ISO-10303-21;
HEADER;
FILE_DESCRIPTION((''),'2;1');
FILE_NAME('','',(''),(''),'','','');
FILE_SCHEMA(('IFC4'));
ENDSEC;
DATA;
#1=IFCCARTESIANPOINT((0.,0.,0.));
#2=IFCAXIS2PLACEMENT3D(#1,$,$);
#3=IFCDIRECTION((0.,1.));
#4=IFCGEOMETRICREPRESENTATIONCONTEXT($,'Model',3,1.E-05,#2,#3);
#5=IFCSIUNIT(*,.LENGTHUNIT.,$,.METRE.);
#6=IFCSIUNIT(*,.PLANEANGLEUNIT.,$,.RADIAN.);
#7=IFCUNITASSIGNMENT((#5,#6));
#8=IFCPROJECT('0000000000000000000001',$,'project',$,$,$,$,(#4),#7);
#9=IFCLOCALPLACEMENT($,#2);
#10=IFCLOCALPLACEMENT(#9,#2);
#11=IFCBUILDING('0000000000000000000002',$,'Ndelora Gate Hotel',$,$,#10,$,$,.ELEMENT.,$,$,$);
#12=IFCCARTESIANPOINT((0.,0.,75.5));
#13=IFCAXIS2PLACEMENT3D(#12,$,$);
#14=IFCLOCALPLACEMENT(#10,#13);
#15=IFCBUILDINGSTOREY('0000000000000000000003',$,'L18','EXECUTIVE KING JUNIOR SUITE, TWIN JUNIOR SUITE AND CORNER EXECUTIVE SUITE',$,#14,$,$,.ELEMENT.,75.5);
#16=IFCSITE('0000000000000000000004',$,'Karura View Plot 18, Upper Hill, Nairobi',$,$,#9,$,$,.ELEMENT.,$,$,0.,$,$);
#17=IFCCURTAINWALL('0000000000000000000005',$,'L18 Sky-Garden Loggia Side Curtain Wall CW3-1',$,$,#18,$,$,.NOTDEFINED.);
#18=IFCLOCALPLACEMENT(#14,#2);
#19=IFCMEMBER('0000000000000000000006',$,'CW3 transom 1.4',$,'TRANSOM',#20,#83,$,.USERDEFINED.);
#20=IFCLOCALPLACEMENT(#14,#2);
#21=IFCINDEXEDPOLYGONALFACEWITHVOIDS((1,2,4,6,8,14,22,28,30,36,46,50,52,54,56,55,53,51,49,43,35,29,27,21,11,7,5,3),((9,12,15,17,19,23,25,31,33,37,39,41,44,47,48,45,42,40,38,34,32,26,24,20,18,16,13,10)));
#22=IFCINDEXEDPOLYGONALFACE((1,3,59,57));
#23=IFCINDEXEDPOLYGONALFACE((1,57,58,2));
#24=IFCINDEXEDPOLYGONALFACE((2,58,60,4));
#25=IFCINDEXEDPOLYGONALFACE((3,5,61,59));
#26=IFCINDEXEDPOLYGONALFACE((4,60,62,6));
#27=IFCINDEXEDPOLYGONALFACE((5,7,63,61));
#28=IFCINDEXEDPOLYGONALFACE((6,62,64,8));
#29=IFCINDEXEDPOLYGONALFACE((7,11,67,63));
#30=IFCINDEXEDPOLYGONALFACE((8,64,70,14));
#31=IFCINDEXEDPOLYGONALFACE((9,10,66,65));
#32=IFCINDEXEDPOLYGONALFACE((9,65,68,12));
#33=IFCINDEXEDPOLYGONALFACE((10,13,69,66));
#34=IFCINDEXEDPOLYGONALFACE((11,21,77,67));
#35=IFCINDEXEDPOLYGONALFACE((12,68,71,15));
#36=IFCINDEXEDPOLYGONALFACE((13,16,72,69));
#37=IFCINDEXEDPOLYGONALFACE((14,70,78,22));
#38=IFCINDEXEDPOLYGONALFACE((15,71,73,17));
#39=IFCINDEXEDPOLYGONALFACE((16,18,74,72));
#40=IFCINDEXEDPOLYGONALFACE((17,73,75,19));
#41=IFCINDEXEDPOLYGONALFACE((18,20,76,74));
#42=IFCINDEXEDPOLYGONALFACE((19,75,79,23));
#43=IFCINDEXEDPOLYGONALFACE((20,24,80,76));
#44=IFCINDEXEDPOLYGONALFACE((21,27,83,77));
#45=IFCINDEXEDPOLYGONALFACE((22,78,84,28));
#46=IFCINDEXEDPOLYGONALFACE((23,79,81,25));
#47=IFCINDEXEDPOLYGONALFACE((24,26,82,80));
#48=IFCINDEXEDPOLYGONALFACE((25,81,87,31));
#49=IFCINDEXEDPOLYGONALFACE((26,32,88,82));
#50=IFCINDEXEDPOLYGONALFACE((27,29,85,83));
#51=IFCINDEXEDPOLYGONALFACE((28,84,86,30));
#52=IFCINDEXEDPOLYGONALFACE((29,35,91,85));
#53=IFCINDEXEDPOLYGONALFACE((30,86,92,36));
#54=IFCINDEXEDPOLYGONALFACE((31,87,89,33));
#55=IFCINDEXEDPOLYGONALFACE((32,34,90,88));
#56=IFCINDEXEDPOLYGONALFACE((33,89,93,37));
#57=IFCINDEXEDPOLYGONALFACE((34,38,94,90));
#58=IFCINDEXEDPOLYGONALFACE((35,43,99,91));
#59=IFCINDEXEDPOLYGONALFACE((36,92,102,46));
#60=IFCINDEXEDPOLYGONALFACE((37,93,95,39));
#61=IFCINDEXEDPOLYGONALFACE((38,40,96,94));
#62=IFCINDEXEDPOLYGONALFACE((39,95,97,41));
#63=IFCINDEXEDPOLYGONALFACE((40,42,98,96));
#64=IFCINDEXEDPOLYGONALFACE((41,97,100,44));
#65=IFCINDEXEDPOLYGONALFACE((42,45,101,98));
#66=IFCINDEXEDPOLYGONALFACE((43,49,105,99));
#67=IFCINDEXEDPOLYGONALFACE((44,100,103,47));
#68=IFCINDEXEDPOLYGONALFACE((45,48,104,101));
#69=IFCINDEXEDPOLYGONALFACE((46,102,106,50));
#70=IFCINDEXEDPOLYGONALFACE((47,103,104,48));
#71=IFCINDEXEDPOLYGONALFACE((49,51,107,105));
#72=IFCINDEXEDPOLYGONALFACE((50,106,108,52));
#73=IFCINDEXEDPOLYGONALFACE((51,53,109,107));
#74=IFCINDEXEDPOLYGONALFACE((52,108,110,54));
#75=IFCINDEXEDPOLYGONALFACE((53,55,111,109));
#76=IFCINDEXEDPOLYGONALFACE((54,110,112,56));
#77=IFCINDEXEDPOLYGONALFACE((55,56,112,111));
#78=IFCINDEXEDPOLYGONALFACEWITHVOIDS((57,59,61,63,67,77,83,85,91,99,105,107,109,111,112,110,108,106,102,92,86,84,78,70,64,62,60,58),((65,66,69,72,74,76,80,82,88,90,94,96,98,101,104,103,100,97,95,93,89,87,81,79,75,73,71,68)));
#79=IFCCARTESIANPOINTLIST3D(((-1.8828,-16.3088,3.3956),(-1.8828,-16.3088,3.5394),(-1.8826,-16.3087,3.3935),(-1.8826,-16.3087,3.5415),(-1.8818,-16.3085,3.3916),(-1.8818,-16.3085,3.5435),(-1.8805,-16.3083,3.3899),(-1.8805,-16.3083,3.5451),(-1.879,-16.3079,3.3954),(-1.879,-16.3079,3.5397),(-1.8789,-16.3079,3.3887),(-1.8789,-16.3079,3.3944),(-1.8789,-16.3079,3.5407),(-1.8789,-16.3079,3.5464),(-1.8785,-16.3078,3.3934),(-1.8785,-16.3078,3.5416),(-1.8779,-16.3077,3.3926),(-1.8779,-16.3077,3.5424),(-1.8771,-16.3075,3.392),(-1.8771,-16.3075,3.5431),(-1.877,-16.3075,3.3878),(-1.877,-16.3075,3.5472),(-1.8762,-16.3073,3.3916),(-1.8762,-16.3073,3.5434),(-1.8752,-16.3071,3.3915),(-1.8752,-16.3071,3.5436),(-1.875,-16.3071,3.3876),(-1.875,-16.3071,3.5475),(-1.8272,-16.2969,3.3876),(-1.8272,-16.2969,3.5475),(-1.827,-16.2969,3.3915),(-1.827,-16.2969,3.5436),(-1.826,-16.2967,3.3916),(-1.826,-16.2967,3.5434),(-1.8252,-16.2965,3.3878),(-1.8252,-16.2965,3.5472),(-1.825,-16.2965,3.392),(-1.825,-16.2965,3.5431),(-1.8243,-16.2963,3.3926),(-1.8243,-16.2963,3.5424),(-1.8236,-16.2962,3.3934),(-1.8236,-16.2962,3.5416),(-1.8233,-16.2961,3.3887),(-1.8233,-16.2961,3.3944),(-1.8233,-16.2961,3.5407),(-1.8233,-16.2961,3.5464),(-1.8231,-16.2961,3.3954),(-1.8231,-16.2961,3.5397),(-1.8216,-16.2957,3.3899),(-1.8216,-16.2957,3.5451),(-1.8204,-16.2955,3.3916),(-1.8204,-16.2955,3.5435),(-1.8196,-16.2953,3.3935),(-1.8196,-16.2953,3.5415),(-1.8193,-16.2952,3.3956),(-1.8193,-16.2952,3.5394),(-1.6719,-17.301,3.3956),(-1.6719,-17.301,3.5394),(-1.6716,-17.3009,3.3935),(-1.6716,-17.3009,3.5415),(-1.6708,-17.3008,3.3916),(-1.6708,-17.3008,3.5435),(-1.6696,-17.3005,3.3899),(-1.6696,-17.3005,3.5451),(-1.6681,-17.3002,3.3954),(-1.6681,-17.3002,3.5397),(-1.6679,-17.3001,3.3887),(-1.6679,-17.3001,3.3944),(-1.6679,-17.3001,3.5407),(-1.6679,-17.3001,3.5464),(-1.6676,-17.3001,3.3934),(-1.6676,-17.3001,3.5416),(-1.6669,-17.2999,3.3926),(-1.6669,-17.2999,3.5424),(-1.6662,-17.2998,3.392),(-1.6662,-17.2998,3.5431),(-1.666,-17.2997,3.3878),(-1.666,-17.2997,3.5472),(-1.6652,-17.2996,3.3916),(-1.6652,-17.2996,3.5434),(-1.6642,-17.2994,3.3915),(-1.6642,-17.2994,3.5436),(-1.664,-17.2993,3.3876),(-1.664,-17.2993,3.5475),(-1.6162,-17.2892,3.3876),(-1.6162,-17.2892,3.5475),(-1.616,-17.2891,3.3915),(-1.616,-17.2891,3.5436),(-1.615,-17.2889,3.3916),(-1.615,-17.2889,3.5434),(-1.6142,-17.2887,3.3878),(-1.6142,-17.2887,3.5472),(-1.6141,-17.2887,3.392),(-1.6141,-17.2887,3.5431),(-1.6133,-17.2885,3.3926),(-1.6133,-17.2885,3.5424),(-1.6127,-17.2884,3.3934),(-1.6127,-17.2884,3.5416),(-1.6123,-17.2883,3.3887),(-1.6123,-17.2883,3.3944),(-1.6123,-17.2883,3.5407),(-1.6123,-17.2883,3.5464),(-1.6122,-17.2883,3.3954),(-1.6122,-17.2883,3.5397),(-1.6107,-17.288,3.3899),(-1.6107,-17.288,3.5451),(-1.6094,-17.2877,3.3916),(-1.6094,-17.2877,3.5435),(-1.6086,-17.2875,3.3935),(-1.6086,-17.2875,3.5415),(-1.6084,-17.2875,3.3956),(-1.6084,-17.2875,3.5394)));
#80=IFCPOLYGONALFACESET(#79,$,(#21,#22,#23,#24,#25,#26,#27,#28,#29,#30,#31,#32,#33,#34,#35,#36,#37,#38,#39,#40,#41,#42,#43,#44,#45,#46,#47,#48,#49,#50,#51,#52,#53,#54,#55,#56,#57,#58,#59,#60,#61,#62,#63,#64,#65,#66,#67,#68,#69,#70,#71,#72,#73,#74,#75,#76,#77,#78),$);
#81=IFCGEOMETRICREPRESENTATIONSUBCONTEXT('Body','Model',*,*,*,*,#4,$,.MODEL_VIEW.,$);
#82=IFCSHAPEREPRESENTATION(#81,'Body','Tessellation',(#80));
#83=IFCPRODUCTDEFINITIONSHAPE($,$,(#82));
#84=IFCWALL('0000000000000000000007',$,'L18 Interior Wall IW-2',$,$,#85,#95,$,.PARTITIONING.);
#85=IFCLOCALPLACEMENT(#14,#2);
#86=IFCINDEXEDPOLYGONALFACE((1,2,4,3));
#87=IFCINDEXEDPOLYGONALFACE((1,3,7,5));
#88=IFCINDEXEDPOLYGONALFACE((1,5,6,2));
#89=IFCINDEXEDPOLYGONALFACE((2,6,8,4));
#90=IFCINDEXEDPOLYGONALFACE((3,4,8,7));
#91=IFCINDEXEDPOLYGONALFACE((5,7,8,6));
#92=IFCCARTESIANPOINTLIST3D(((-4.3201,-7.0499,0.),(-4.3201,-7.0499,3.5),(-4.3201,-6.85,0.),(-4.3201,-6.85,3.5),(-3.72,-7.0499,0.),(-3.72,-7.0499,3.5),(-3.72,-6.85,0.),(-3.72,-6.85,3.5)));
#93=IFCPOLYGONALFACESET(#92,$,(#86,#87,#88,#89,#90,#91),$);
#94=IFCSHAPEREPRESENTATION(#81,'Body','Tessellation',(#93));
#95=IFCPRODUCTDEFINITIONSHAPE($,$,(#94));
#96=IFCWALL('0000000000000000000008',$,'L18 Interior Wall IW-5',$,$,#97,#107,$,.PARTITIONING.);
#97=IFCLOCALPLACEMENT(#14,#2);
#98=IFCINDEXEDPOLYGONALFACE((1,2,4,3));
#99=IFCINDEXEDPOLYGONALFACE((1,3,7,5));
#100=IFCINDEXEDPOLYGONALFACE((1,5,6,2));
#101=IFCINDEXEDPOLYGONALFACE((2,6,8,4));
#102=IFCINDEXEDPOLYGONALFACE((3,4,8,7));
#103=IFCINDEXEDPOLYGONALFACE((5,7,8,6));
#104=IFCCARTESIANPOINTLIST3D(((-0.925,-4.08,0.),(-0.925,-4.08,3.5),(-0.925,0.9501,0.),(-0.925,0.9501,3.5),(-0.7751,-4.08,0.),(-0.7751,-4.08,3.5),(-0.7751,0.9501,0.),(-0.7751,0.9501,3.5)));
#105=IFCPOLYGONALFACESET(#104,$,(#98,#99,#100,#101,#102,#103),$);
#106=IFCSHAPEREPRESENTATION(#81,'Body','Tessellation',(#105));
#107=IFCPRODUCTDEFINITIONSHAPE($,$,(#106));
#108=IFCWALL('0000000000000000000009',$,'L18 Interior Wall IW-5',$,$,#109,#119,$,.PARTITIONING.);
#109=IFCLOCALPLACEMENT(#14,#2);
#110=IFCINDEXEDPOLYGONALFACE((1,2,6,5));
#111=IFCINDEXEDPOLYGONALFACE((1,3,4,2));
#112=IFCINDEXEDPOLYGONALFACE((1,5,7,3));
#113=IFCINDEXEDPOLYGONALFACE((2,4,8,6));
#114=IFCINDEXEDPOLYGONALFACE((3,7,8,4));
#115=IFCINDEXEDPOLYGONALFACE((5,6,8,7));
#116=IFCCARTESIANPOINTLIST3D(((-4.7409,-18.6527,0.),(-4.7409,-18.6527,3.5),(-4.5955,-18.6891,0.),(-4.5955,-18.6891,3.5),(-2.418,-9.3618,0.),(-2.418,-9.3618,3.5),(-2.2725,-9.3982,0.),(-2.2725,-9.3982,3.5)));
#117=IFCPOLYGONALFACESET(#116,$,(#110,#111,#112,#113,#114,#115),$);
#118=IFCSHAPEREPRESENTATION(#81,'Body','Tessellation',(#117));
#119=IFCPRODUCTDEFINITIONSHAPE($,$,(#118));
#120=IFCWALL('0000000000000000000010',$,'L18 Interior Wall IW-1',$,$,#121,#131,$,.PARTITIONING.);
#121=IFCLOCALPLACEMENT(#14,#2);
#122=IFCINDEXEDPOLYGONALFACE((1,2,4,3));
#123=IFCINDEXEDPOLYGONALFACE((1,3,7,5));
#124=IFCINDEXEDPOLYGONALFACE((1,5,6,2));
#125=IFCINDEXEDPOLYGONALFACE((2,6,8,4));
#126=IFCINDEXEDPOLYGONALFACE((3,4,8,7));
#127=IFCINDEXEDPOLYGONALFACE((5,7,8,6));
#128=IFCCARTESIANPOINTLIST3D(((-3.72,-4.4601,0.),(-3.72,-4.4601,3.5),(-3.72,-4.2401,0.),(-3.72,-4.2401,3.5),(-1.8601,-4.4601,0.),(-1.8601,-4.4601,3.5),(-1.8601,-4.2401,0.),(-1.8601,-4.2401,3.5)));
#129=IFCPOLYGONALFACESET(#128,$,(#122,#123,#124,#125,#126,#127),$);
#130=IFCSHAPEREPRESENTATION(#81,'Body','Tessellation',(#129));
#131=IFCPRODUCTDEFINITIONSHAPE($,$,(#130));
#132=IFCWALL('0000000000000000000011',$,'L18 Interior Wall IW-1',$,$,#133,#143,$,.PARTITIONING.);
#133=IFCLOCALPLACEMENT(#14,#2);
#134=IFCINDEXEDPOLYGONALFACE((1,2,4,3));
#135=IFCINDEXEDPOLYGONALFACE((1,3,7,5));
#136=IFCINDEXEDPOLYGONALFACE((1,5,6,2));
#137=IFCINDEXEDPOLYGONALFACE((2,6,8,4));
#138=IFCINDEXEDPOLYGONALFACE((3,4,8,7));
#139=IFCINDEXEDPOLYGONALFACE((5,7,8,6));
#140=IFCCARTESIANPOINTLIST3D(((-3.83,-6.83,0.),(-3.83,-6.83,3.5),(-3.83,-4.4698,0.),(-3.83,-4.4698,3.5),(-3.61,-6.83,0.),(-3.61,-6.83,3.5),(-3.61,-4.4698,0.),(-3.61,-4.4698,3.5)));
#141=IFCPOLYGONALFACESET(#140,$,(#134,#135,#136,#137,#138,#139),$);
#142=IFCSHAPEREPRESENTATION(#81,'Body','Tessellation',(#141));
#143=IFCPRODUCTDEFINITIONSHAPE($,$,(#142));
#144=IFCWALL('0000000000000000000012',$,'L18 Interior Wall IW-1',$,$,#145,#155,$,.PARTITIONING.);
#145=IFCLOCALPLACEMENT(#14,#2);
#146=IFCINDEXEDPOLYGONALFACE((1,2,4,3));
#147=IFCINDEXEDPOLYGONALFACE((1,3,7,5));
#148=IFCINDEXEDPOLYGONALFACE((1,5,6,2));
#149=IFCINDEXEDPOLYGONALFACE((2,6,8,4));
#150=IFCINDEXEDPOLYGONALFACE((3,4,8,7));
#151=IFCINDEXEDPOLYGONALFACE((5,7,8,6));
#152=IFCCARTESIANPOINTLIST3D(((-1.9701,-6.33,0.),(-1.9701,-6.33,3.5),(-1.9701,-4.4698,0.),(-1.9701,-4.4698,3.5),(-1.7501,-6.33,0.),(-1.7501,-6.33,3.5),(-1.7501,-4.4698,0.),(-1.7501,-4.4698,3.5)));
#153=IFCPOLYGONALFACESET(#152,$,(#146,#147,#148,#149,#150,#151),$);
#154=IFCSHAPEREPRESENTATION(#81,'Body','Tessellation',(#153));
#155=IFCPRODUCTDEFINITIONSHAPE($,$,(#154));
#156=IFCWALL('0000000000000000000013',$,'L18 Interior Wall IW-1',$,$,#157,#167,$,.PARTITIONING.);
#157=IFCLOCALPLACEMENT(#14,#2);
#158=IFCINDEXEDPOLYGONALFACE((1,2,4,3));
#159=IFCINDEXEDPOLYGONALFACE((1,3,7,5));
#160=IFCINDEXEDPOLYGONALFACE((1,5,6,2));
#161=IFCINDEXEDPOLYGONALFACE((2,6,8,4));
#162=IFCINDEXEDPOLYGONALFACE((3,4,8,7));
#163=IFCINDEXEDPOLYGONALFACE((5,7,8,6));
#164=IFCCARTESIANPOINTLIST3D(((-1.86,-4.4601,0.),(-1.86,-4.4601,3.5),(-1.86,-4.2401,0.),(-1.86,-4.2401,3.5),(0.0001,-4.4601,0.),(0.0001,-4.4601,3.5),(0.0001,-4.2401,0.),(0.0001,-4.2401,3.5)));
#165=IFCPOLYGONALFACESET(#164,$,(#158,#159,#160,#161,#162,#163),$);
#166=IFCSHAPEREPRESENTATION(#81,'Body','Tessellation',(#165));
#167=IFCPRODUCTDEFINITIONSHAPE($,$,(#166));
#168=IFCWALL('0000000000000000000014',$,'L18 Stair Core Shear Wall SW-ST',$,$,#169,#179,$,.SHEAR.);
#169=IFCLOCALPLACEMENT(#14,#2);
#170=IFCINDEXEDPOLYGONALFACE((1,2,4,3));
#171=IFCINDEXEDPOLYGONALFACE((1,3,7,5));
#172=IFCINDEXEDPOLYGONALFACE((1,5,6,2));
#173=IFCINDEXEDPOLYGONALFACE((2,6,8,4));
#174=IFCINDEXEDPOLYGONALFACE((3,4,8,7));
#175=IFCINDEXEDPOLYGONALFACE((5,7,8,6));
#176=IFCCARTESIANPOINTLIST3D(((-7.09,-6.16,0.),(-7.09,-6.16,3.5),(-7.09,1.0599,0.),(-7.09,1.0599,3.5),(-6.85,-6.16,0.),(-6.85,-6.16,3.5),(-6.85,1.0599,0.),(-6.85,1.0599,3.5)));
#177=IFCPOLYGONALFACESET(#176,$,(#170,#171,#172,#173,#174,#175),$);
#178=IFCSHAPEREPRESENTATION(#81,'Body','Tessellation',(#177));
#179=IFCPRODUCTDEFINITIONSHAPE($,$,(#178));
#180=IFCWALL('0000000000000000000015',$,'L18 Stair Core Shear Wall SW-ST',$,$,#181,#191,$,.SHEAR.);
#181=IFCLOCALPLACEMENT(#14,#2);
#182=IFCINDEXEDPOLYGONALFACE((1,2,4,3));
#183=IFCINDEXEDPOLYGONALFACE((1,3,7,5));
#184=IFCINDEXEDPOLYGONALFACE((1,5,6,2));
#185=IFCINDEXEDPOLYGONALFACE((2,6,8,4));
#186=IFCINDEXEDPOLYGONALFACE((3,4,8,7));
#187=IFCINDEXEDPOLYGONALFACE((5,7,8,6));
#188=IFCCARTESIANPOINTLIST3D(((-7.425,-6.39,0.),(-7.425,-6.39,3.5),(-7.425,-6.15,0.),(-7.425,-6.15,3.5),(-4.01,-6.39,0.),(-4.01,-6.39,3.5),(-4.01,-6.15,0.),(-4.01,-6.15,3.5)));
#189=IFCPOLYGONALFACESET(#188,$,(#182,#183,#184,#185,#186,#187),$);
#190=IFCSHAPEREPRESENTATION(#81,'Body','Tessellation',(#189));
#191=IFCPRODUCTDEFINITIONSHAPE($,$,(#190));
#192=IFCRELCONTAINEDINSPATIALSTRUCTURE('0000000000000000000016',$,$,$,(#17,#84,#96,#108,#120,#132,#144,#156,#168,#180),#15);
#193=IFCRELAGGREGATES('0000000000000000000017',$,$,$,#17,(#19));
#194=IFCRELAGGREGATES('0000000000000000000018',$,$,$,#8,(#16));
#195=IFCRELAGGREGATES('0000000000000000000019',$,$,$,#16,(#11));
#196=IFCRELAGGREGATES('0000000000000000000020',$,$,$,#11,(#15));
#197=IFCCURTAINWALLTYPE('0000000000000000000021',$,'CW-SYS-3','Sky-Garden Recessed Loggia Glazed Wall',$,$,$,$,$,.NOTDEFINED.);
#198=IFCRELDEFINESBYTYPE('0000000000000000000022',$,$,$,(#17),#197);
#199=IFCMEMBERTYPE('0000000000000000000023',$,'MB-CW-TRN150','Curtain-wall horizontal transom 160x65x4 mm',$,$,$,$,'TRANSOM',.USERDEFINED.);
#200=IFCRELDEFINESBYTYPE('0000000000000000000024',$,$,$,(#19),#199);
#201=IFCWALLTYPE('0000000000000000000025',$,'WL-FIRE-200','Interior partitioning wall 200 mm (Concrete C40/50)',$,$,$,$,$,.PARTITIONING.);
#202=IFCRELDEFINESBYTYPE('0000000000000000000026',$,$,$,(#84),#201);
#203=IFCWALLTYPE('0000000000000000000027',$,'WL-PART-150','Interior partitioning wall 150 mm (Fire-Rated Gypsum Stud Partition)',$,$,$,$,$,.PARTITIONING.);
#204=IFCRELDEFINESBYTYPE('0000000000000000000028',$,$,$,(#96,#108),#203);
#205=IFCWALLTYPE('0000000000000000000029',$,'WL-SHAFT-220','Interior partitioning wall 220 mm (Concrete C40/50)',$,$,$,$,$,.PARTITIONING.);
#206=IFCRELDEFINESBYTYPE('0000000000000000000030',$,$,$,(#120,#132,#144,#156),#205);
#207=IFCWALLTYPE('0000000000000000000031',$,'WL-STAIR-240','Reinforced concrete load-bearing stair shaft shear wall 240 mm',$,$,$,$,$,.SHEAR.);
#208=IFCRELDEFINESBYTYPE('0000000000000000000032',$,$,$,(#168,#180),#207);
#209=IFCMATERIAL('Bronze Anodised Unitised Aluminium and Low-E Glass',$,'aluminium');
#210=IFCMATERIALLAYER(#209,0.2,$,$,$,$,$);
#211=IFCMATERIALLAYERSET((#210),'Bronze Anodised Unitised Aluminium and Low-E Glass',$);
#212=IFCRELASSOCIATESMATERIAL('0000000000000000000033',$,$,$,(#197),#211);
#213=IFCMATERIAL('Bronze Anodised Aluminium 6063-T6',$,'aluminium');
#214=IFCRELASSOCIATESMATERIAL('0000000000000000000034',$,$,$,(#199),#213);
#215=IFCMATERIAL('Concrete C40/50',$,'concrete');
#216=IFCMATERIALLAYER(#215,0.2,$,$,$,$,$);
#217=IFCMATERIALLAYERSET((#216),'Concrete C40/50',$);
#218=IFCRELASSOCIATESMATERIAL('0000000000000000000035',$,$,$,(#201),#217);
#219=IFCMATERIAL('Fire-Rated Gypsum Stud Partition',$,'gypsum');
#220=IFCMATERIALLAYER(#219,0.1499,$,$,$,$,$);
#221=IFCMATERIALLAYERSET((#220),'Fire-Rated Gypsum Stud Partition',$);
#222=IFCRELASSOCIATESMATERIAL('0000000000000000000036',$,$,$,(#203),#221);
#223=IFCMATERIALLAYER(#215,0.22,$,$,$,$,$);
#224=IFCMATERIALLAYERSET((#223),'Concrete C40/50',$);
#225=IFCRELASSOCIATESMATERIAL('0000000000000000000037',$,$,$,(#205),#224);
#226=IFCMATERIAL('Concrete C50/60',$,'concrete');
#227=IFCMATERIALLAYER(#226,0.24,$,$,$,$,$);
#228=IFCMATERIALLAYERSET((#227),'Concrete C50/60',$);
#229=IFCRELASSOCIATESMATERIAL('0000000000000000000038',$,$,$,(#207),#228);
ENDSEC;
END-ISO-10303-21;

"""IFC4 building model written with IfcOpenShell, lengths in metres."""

from ifc_helpers import new_model, si_unit, direction, frame, frame_2d, origin, origin_2d, place, context, subcontext, project, spatial, rectangle, hollow_rectangle, extrude, material, layer, layer_set, material_profile, profile_set, type_object, element, aggregate, save


model = new_model("IFC4")

# Units and contexts
model_context = context("Model", 3, precision=1e-05, world=origin(), true_north=direction((0.0, 1.0)))
body_context = subcontext(model_context, "Body", "Model", "MODEL_VIEW")
ifc_project = project(units=[si_unit("LENGTHUNIT", "METRE"), si_unit("PLANEANGLEUNIT", "RADIAN")], contexts=[model_context])

# Site, building, storey
site_placement = place(None, origin())
site = spatial("IfcSite", under=ifc_project, at=site_placement, Name="Karura View Plot 18, Upper Hill, Nairobi", CompositionType="ELEMENT", RefElevation=0.0)
building_placement = place(site_placement, origin())
building = spatial("IfcBuilding", under=site, at=building_placement, Name="Ndelora Gate Hotel", CompositionType="ELEMENT")
storey_placement = place(building_placement, frame((0.0, 0.0, 75.5)))
storey = spatial("IfcBuildingStorey", under=building, at=storey_placement, Name="L18", Description="EXECUTIVE KING JUNIOR SUITE, TWIN JUNIOR SUITE AND CORNER EXECUTIVE SUITE", CompositionType="ELEMENT", Elevation=75.5)

# Curtain wall, member
ifc_material_1 = material(Name="Bronze Anodised Unitised Aluminium and Low-E Glass", Category="aluminium")
ifc_layer_1 = layer(ifc_material_1, 0.2)
ifc_layer_set_1 = layer_set([ifc_layer_1], Name="Bronze Anodised Unitised Aluminium and Low-E Glass")
curtain_wall_type = type_object("IfcCurtainWallType", Name="CW-SYS-3", Description="Sky-Garden Recessed Loggia Glazed Wall", PredefinedType="NOTDEFINED", material=ifc_layer_set_1)
curtain_wall_placement = place(storey_placement, origin())
curtain_wall = element("IfcCurtainWall", 1, at=curtain_wall_placement, inside=storey, type_object=curtain_wall_type, Name="L18 Sky-Garden Loggia Side Curtain Wall CW3-1", PredefinedType="NOTDEFINED")
ifc_material_2 = material(Name="Bronze Anodised Aluminium 6063-T6", Category="aluminium")
ifc_material_profile_1 = material_profile(ifc_material_2, hollow_rectangle(XDim=0.0649, YDim=0.1599, WallThickness=0.0039, InnerFilletRadius=0.0039, OuterFilletRadius=0.0081, at=origin_2d()), Name="ALU 160x65x4")
ifc_profile_set_1 = profile_set([ifc_material_profile_1], Name="Bronze Anodised Aluminium 6063-T6")
member_type_1 = type_object("IfcMemberType", Name="MB-CW-TRN150", Description="Curtain-wall horizontal transom 160x65x4 mm", ElementType="TRANSOM", PredefinedType="USERDEFINED", material=ifc_profile_set_1)
member_1_placement = place(storey_placement, frame((-1.8511, -16.302, 3.4675), z_axis=(0.207951, -0.978139, 0.0), x_axis=(0.978139, 0.207951, 0.0)))
member_1 = element("IfcMember", 2, at=member_1_placement, type_object=member_type_1, Name="CW3 transom 1.4", ObjectType="TRANSOM", PredefinedType="USERDEFINED", context=body_context, shape_type="SweptSolid", body=[
    extrude(hollow_rectangle(XDim=0.0649, YDim=0.1599, WallThickness=0.0039, InnerFilletRadius=0.0039, OuterFilletRadius=0.0081, at=origin_2d()), origin(), (0.0, 0.0, 1.0), 1.0144),
])
aggregate(curtain_wall, [member_1])

# Walls
ifc_material_3 = material(Name="Concrete C40/50", Category="concrete")
ifc_layer_2 = layer(ifc_material_3, 0.2)
ifc_layer_set_2 = layer_set([ifc_layer_2], Name="Concrete C40/50")
wall_type_1 = type_object("IfcWallType", Name="WL-FIRE-200", Description="Interior partitioning wall 200 mm (Concrete C40/50)", PredefinedType="PARTITIONING", material=ifc_layer_set_2)
wall_1_placement = place(storey_placement, frame((-4.3201, -6.95, 0.0), z_axis=(0.0, 0.0, 1.0), x_axis=(1.0, 0.0, 0.0)))
element("IfcWall", 3, at=wall_1_placement, inside=storey, type_object=wall_type_1, Name="L18 Interior Wall IW-2", PredefinedType="PARTITIONING", context=body_context, shape_type="SweptSolid", body=[
    extrude(rectangle(XDim=0.6001, YDim=0.2, at=frame_2d((0.3, 0.0))), origin(), (0.0, 0.0, 1.0), 3.5),
])
ifc_material_4 = material(Name="Fire-Rated Gypsum Stud Partition", Category="gypsum")
ifc_layer_3 = layer(ifc_material_4, 0.1499)
ifc_layer_set_3 = layer_set([ifc_layer_3], Name="Fire-Rated Gypsum Stud Partition")
wall_type_2 = type_object("IfcWallType", Name="WL-PART-150", Description="Interior partitioning wall 150 mm (Fire-Rated Gypsum Stud Partition)", PredefinedType="PARTITIONING", material=ifc_layer_set_3)
wall_2_placement = place(storey_placement, frame((-0.8501, -4.0801, 0.0), z_axis=(0.0, 0.0, 1.0), x_axis=(0.0, 1.0, 0.0)))
element("IfcWall", 4, at=wall_2_placement, inside=storey, type_object=wall_type_2, Name="L18 Interior Wall IW-5", PredefinedType="PARTITIONING", context=body_context, shape_type="SweptSolid", body=[
    extrude(rectangle(XDim=5.03, YDim=0.1499, at=frame_2d((2.5151, 0.0))), origin(), (0.0, 0.0, 1.0), 3.5),
])
wall_3_placement = place(storey_placement, frame((-2.3452, -9.3799, 0.0), z_axis=(0.0, 0.0, 1.0), x_axis=(-0.24256, -0.970137, 0.0)))
element("IfcWall", 5, at=wall_3_placement, inside=storey, type_object=wall_type_2, Name="L18 Interior Wall IW-5", PredefinedType="PARTITIONING", context=body_context, shape_type="SweptSolid", body=[
    extrude(rectangle(XDim=9.5769, YDim=0.1499, at=frame_2d((4.7886, 0.0))), origin(), (0.0, 0.0, 1.0), 3.5),
])

# Shared definitions
ifc_layer_4 = layer(ifc_material_3, 0.22)
ifc_layer_set_4 = layer_set([ifc_layer_4], Name="Concrete C40/50")
wall_type_3 = type_object("IfcWallType", Name="WL-SHAFT-220", Description="Interior partitioning wall 220 mm (Concrete C40/50)", PredefinedType="PARTITIONING", material=ifc_layer_set_4)

# Walls
wall_4_placement = place(storey_placement, frame((-3.72, -4.3501, 0.0), z_axis=(0.0, 0.0, 1.0), x_axis=(1.0, 0.0, 0.0)))
element("IfcWall", 6, at=wall_4_placement, inside=storey, type_object=wall_type_3, Name="L18 Interior Wall IW-1", PredefinedType="PARTITIONING", context=body_context, shape_type="SweptSolid", body=[
    extrude(rectangle(XDim=1.8599, YDim=0.22, at=frame_2d((0.9299, 0.0))), origin(), (0.0, 0.0, 1.0), 3.5),
])
wall_5_placement = place(storey_placement, frame((-3.72, -6.8301, 0.0), z_axis=(0.0, 0.0, 1.0), x_axis=(0.0, 1.0, 0.0)))
element("IfcWall", 7, at=wall_5_placement, inside=storey, type_object=wall_type_3, Name="L18 Interior Wall IW-1", PredefinedType="PARTITIONING", context=body_context, shape_type="SweptSolid", body=[
    extrude(rectangle(XDim=2.3601, YDim=0.22, at=frame_2d((1.1802, 0.0))), origin(), (0.0, 0.0, 1.0), 3.5),
])
wall_6_placement = place(storey_placement, frame((-1.8601, -6.3301, 0.0), z_axis=(0.0, 0.0, 1.0), x_axis=(0.0, 1.0, 0.0)))
element("IfcWall", 8, at=wall_6_placement, inside=storey, type_object=wall_type_3, Name="L18 Interior Wall IW-1", PredefinedType="PARTITIONING", context=body_context, shape_type="SweptSolid", body=[
    extrude(rectangle(XDim=1.8601, YDim=0.22, at=frame_2d((0.9302, 0.0))), origin(), (0.0, 0.0, 1.0), 3.5),
])

# Walls
wall_7_placement = place(storey_placement, frame((-1.8601, -4.3501, 0.0), z_axis=(0.0, 0.0, 1.0), x_axis=(1.0, 0.0, 0.0)))
element("IfcWall", 9, at=wall_7_placement, inside=storey, type_object=wall_type_3, Name="L18 Interior Wall IW-1", PredefinedType="PARTITIONING", context=body_context, shape_type="SweptSolid", body=[
    extrude(rectangle(XDim=1.8601, YDim=0.22, at=frame_2d((0.9302, 0.0))), origin(), (0.0, 0.0, 1.0), 3.5),
])
ifc_material_5 = material(Name="Concrete C50/60", Category="concrete")
ifc_layer_5 = layer(ifc_material_5, 0.24)
ifc_layer_set_5 = layer_set([ifc_layer_5], Name="Concrete C50/60")
wall_type_4 = type_object("IfcWallType", Name="WL-STAIR-240", Description="Reinforced concrete load-bearing stair shaft shear wall 240 mm", PredefinedType="SHEAR", material=ifc_layer_set_5)
wall_8_placement = place(storey_placement, frame((-6.97, -6.1599, 0.0), z_axis=(0.0, 0.0, 1.0), x_axis=(0.0, 1.0, 0.0)))
element("IfcWall", 10, at=wall_8_placement, inside=storey, type_object=wall_type_4, Name="L18 Stair Core Shear Wall SW-ST", PredefinedType="SHEAR", context=body_context, shape_type="SweptSolid", body=[
    extrude(rectangle(XDim=7.22, YDim=0.24, at=frame_2d((3.6099, 0.0))), origin(), (0.0, 0.0, 1.0), 3.5),
])
wall_9_placement = place(storey_placement, frame((-7.425, -6.27, 0.0), z_axis=(0.0, 0.0, 1.0), x_axis=(1.0, 0.0, 0.0)))
element("IfcWall", 11, at=wall_9_placement, inside=storey, type_object=wall_type_4, Name="L18 Stair Core Shear Wall SW-ST", PredefinedType="SHEAR", context=body_context, shape_type="SweptSolid", body=[
    extrude(rectangle(XDim=3.415, YDim=0.24, at=frame_2d((1.7075, 0.0))), origin(), (0.0, 0.0, 1.0), 3.5),
])

save(model, "model.ifc")
